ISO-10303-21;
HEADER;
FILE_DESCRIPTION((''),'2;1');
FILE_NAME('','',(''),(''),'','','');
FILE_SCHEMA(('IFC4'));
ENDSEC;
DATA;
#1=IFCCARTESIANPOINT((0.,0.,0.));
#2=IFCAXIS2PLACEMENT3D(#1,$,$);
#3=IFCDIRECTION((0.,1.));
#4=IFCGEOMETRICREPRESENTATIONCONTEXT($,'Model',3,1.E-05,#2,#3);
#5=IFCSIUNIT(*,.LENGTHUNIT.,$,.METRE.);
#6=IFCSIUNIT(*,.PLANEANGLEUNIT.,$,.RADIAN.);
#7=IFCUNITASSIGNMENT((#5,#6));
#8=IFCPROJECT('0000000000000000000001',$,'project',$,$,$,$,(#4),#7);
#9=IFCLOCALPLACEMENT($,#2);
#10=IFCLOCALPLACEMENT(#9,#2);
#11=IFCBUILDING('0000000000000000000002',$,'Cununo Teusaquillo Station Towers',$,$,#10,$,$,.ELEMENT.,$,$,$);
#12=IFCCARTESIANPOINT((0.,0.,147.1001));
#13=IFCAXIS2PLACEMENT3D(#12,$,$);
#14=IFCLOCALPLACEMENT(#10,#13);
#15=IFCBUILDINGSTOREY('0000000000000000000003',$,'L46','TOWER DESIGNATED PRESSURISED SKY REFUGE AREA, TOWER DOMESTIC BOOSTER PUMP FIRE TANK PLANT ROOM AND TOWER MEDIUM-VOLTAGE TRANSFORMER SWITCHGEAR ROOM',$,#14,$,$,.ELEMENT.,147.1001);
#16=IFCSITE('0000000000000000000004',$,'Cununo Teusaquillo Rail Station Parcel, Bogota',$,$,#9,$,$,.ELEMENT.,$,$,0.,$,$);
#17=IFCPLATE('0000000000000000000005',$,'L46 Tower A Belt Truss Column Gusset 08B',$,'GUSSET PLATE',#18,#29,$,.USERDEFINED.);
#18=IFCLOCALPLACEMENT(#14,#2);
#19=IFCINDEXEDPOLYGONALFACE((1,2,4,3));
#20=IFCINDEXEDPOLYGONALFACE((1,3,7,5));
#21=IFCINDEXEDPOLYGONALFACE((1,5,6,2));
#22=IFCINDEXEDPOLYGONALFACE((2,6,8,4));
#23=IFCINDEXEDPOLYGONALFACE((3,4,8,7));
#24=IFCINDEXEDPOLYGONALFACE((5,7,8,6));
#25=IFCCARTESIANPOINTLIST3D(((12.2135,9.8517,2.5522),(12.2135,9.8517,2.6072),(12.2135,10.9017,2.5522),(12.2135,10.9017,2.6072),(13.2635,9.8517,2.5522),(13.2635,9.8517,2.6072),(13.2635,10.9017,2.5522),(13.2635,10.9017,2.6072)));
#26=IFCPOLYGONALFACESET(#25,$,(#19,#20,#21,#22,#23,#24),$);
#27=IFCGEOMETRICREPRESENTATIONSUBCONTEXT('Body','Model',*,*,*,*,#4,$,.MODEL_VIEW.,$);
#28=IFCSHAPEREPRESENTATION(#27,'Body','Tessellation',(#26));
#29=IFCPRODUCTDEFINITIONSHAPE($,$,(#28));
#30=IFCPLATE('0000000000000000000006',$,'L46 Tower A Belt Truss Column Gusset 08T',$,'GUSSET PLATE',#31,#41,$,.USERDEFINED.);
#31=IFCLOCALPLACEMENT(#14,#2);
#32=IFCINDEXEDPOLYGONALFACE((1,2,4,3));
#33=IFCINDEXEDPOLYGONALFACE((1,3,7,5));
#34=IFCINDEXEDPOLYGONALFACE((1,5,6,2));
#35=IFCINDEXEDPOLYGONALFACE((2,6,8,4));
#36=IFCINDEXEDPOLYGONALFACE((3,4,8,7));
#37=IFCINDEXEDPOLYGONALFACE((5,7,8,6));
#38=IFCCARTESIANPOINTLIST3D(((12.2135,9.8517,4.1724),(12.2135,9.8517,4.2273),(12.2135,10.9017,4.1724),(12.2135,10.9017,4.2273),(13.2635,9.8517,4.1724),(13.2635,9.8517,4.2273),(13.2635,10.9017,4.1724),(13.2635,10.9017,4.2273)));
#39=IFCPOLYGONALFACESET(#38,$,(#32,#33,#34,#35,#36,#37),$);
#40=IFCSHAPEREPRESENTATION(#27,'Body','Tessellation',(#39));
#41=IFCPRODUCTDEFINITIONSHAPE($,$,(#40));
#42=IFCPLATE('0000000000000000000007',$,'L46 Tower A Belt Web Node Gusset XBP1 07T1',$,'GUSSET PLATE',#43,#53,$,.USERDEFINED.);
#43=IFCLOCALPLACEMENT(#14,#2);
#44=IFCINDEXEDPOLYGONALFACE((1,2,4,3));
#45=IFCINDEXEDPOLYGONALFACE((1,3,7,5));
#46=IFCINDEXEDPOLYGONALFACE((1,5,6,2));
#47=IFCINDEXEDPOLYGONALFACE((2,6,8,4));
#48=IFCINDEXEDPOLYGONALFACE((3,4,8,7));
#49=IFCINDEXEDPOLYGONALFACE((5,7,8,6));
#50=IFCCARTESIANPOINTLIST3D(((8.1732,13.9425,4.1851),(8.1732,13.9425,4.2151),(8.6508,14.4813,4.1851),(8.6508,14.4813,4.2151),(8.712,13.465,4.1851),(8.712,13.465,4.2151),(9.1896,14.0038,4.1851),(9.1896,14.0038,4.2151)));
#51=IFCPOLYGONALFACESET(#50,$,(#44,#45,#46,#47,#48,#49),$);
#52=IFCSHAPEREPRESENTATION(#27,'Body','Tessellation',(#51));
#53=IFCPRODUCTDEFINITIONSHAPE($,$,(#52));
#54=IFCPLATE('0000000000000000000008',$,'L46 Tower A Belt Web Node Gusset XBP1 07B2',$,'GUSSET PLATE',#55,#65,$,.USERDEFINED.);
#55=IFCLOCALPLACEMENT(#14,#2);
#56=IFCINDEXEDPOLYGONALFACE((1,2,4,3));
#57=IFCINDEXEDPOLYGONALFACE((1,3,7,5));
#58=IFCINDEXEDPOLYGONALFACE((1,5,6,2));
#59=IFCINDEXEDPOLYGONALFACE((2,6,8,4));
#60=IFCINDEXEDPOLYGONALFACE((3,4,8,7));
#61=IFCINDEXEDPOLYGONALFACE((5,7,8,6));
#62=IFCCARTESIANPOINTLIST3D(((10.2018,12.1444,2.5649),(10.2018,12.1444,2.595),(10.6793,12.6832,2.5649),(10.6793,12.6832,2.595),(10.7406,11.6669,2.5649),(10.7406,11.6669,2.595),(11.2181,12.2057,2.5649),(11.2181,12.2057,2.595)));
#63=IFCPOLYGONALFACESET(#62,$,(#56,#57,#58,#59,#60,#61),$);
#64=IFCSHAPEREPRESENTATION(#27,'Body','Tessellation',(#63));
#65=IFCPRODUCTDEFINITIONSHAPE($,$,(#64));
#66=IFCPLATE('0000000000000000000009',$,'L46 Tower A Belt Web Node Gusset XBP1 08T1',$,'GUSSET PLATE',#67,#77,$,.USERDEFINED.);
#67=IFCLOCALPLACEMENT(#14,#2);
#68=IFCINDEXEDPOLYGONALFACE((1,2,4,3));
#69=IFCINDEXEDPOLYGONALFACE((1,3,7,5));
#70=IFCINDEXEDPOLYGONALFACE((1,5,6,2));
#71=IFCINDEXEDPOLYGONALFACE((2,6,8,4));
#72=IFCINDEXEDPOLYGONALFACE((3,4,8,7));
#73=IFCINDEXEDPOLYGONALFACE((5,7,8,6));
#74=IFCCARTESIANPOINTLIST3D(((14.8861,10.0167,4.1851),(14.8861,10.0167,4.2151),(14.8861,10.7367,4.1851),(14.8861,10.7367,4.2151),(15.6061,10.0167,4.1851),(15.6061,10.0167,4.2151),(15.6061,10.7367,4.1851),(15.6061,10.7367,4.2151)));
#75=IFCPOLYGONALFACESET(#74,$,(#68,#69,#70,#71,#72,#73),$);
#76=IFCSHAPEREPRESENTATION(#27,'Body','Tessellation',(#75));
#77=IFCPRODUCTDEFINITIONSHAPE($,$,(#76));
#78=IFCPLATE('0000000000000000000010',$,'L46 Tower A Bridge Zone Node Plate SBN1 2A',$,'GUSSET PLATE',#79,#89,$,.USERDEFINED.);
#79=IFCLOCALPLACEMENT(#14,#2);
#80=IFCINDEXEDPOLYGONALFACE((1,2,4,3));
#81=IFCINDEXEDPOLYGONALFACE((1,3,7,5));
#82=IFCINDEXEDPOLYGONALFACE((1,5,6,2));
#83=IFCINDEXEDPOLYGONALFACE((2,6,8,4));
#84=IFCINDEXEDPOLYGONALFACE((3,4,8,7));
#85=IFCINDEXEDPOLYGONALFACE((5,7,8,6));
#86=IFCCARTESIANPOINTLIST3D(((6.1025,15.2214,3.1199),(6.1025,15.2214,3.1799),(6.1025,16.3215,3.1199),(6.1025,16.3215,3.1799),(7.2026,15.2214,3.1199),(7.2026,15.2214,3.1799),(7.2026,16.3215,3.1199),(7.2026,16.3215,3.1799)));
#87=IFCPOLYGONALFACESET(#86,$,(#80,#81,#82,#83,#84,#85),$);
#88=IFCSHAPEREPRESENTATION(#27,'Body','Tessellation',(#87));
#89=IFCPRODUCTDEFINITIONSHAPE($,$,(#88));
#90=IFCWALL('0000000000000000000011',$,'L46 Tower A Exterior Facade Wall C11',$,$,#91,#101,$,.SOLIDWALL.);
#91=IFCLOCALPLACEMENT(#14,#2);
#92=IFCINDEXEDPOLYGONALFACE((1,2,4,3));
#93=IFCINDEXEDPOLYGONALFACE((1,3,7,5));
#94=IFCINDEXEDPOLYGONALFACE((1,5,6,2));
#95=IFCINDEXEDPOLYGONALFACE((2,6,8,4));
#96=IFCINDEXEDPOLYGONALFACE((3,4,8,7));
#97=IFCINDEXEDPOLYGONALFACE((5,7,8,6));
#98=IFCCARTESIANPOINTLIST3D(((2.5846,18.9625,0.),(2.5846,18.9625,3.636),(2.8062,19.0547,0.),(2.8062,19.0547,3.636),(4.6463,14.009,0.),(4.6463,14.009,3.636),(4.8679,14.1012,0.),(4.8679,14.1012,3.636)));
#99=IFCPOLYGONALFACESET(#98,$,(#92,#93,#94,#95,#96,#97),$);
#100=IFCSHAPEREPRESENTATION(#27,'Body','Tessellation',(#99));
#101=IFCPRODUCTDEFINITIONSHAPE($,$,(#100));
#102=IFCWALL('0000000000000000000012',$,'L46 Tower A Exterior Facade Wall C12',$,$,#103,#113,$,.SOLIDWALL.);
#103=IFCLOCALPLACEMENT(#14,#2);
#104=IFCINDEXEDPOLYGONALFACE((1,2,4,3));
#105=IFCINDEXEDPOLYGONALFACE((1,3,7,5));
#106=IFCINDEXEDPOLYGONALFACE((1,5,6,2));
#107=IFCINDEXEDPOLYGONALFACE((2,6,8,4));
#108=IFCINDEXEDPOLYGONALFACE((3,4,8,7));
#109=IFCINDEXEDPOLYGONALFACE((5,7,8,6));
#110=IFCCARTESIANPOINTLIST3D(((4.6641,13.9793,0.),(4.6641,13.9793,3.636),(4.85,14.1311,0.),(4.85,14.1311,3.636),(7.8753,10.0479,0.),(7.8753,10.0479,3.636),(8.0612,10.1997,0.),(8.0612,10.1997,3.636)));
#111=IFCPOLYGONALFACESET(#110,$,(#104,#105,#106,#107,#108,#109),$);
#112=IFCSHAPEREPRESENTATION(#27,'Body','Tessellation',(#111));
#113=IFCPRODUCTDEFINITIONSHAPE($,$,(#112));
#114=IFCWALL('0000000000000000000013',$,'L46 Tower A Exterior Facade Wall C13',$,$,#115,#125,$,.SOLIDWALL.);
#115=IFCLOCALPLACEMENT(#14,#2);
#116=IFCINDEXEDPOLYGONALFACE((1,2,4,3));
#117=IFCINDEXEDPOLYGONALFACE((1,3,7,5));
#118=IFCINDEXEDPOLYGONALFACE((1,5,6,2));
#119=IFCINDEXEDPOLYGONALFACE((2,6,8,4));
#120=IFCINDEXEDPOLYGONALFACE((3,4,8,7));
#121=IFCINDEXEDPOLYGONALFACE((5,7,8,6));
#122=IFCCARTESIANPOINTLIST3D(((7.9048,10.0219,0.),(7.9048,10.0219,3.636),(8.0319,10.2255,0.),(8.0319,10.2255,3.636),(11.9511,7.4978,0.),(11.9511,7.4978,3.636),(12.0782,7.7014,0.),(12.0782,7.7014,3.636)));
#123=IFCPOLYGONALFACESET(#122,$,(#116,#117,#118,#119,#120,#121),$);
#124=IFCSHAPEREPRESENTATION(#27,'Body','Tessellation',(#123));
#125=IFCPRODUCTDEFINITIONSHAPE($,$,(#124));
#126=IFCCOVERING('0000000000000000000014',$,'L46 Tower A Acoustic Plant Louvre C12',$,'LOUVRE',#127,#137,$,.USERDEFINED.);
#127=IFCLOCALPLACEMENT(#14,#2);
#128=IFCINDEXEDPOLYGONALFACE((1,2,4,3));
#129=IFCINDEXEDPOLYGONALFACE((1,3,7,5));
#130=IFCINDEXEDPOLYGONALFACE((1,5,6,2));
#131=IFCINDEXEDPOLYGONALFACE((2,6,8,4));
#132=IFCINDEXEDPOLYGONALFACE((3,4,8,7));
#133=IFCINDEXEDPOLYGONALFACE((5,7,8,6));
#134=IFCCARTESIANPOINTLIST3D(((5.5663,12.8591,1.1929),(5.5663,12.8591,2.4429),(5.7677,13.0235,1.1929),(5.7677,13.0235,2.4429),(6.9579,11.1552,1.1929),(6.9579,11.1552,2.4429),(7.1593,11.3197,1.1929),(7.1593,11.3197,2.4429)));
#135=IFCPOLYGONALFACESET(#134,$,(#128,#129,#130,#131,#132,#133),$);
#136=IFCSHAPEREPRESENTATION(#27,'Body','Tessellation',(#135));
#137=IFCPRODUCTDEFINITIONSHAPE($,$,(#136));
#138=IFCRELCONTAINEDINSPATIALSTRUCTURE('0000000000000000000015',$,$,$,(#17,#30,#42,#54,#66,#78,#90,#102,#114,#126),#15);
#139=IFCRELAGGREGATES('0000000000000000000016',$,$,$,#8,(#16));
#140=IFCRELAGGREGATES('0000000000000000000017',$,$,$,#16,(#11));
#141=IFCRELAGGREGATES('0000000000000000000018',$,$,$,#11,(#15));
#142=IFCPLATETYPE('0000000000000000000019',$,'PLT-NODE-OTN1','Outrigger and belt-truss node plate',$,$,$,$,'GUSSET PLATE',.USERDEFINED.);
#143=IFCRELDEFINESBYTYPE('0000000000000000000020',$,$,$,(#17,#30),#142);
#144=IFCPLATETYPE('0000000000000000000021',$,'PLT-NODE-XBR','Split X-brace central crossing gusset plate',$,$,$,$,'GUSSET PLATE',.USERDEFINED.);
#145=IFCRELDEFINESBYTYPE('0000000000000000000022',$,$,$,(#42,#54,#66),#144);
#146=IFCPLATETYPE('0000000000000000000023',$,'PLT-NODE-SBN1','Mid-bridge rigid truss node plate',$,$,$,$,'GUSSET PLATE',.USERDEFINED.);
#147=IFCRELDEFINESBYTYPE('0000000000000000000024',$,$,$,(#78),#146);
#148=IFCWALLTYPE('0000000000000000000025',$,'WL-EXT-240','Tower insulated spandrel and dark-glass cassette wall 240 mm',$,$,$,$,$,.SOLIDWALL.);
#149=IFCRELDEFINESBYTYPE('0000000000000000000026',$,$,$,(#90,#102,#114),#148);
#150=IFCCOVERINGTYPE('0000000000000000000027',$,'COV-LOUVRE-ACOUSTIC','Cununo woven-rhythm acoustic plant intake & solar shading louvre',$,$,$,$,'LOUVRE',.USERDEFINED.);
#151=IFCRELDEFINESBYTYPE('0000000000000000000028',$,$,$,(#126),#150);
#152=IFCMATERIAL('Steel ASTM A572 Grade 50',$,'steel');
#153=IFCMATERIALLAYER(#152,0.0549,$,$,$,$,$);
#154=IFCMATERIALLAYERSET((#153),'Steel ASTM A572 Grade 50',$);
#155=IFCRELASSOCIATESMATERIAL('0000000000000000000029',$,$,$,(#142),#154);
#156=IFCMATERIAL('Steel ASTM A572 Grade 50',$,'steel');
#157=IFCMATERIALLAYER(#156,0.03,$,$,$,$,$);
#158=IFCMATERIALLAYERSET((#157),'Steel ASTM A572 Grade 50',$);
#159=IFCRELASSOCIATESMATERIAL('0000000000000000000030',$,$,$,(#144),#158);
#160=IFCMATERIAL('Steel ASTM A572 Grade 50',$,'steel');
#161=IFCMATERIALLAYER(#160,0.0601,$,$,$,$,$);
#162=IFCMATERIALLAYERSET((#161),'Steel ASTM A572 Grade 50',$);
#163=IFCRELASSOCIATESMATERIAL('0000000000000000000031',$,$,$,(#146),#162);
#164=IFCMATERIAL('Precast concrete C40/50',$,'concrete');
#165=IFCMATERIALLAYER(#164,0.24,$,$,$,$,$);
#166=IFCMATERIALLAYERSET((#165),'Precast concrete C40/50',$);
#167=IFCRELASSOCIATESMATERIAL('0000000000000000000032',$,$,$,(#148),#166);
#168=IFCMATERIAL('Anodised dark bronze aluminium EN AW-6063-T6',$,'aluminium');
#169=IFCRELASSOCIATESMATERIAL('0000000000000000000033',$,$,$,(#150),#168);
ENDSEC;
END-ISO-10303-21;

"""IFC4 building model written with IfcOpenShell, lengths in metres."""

from ifc_helpers import new_model, si_unit, direction, frame, frame_2d, origin, origin_2d, place, context, subcontext, project, spatial, rectangle, extrude, source, transform, mapped, material, layer, layer_set, type_object, element, save


model = new_model("IFC4")

# Units and contexts
model_context = context("Model", 3, precision=1e-05, world=origin(), true_north=direction((0.0, 1.0)))
body_context = subcontext(model_context, "Body", "Model", "MODEL_VIEW")
ifc_project = project(units=[si_unit("LENGTHUNIT", "METRE"), si_unit("PLANEANGLEUNIT", "RADIAN")], contexts=[model_context])

# Site, building, storey
site_placement = place(None, origin())
site = spatial("IfcSite", under=ifc_project, at=site_placement, Name="Cununo Teusaquillo Rail Station Parcel, Bogota", CompositionType="ELEMENT", RefElevation=0.0)
building_placement = place(site_placement, origin())
building = spatial("IfcBuilding", under=site, at=building_placement, Name="Cununo Teusaquillo Station Towers", CompositionType="ELEMENT")
storey_placement = place(building_placement, frame((0.0, 0.0, 147.1001)))
storey = spatial("IfcBuildingStorey", under=building, at=storey_placement, Name="L46", Description="TOWER DESIGNATED PRESSURISED SKY REFUGE AREA, TOWER DOMESTIC BOOSTER PUMP FIRE TANK PLANT ROOM AND TOWER MEDIUM-VOLTAGE TRANSFORMER SWITCHGEAR ROOM", CompositionType="ELEMENT", Elevation=147.1001)

# Plates
ifc_material_1 = material(Name="Steel ASTM A572 Grade 50", Category="steel")
ifc_layer_1 = layer(ifc_material_1, 0.0549)
ifc_layer_set_1 = layer_set([ifc_layer_1], Name="Steel ASTM A572 Grade 50")
plate_type_1 = type_object("IfcPlateType", Name="PLT-NODE-OTN1", Description="Outrigger and belt-truss node plate", ElementType="GUSSET PLATE", PredefinedType="USERDEFINED", material=ifc_layer_set_1)
shared_shape_1 = source(origin(), body_context, "Body", "SweptSolid", [
    extrude(rectangle(XDim=1.05, YDim=1.05, at=origin_2d()), origin(), (0.0, 0.0, 1.0), 0.0549),
])
for number, where, z_axis, x_axis, name in (
    (1, (12.7385, 10.3767, 2.5522), (0.0, 0.0, 1.0), (1.0, 0.0, 0.0), "L46 Tower A Belt Truss Column Gusset 08B"),
    (2, (12.7385, 10.3767, 4.1724), (0.0, 0.0, 1.0), (1.0, 0.0, 0.0), "L46 Tower A Belt Truss Column Gusset 08T"),
):
    element("IfcPlate", number, at=place(storey_placement, frame(where, z_axis=z_axis, x_axis=x_axis)), inside=storey, type_object=plate_type_1, Name=name, ObjectType="GUSSET PLATE", PredefinedType="USERDEFINED", context=body_context, shape_type="MappedRepresentation", body=[
        mapped(shared_shape_1, transform((0.0, 0.0, 0.0), x_axis=(1.0, 0.0, 0.0), y_axis=(0.0, 1.0, 0.0), z_axis=(0.0, 0.0, 1.0), scale=1.0)),
    ])
ifc_material_2 = material(Name="Steel ASTM A572 Grade 50", Category="steel")
ifc_layer_2 = layer(ifc_material_2, 0.03)
ifc_layer_set_2 = layer_set([ifc_layer_2], Name="Steel ASTM A572 Grade 50")
plate_type_2 = type_object("IfcPlateType", Name="PLT-NODE-XBR", Description="Split X-brace central crossing gusset plate", ElementType="GUSSET PLATE", PredefinedType="USERDEFINED", material=ifc_layer_set_2)
shared_shape_2 = source(origin(), body_context, "Body", "SweptSolid", [
    extrude(rectangle(XDim=0.72, YDim=0.72, at=origin_2d()), origin(), (0.0, 0.0, 1.0), 0.03),
])
for number, where, z_axis, x_axis, name in (
    (3, (8.6814, 13.9731, 4.1851), (0.0, 0.0, 1.0), (0.748377, -0.663273, 0.0), "L46 Tower A Belt Web Node Gusset XBP1 07T1"),
    (4, (10.71, 12.175, 2.5649), (0.0, 0.0, 1.0), (0.748377, -0.663273, 0.0), "L46 Tower A Belt Web Node Gusset XBP1 07B2"),
    (5, (15.2461, 10.3767, 4.1851), (0.0, 0.0, 1.0), (1.0, 0.0, 0.0), "L46 Tower A Belt Web Node Gusset XBP1 08T1"),
):
    element("IfcPlate", number, at=place(storey_placement, frame(where, z_axis=z_axis, x_axis=x_axis)), inside=storey, type_object=plate_type_2, Name=name, ObjectType="GUSSET PLATE", PredefinedType="USERDEFINED", context=body_context, shape_type="MappedRepresentation", body=[
        mapped(shared_shape_2, transform((0.0, 0.0, 0.0), x_axis=(1.0, 0.0, 0.0), y_axis=(0.0, 1.0, 0.0), z_axis=(0.0, 0.0, 1.0), scale=1.0)),
    ])
ifc_material_3 = material(Name="Steel ASTM A572 Grade 50", Category="steel")
ifc_layer_3 = layer(ifc_material_3, 0.0601)
ifc_layer_set_3 = layer_set([ifc_layer_3], Name="Steel ASTM A572 Grade 50")
plate_type_3 = type_object("IfcPlateType", Name="PLT-NODE-SBN1", Description="Mid-bridge rigid truss node plate", ElementType="GUSSET PLATE", PredefinedType="USERDEFINED", material=ifc_layer_set_3)
shared_shape_3 = source(origin(), body_context, "Body", "SweptSolid", [
    extrude(rectangle(XDim=1.1001, YDim=1.1001, at=origin_2d()), origin(), (0.0, 0.0, 1.0), 0.0601),
])
plate_placement = place(storey_placement, frame((6.6526, 15.7715, 3.1199), z_axis=(0.0, 0.0, 1.0), x_axis=(1.0, 0.0, 0.0)))
element("IfcPlate", 6, at=plate_placement, inside=storey, type_object=plate_type_3, Name="L46 Tower A Bridge Zone Node Plate SBN1 2A", ObjectType="GUSSET PLATE", PredefinedType="USERDEFINED", context=body_context, shape_type="MappedRepresentation", body=[
    mapped(shared_shape_3, transform((0.0, 0.0, 0.0), x_axis=(1.0, 0.0, 0.0), y_axis=(0.0, 1.0, 0.0), z_axis=(0.0, 0.0, 1.0), scale=1.0)),
])

# Walls
ifc_material_4 = material(Name="Precast concrete C40/50", Category="concrete")
ifc_layer_4 = layer(ifc_material_4, 0.24)
ifc_layer_set_4 = layer_set([ifc_layer_4], Name="Precast concrete C40/50")
wall_type = type_object("IfcWallType", Name="WL-EXT-240", Description="Tower insulated spandrel and dark-glass cassette wall 240 mm", PredefinedType="SOLIDWALL", material=ifc_layer_set_4)
wall_1_placement = place(storey_placement, frame((4.7571, 14.0552, 0.0), z_axis=(0.0, 0.0, 1.0), x_axis=(-0.38426, 0.923225, 0.0)))
element("IfcWall", 7, at=wall_1_placement, inside=storey, type_object=wall_type, Name="L46 Tower A Exterior Facade Wall C11", PredefinedType="SOLIDWALL", context=body_context, shape_type="SweptSolid", body=[
    extrude(rectangle(XDim=5.3655, YDim=0.24, at=frame_2d((2.6826, 0.0))), origin(), (0.0, 0.0, 1.0), 3.636),
])
wall_2_placement = place(storey_placement, frame((7.9683, 10.1238, 0.0), z_axis=(0.0, 0.0, 1.0), x_axis=(-0.632599, 0.77448, 0.0)))
element("IfcWall", 8, at=wall_2_placement, inside=storey, type_object=wall_type, Name="L46 Tower A Exterior Facade Wall C12", PredefinedType="SOLIDWALL", context=body_context, shape_type="SweptSolid", body=[
    extrude(rectangle(XDim=5.0762, YDim=0.24, at=frame_2d((2.5381, 0.0))), origin(), (0.0, 0.0, 1.0), 3.636),
])
wall_3_placement = place(storey_placement, frame((12.0146, 7.5996, 0.0), z_axis=(0.0, 0.0, 1.0), x_axis=(-0.848452, 0.529272, 0.0)))
element("IfcWall", 9, at=wall_3_placement, inside=storey, type_object=wall_type, Name="L46 Tower A Exterior Facade Wall C13", PredefinedType="SOLIDWALL", context=body_context, shape_type="SweptSolid", body=[
    extrude(rectangle(XDim=4.769, YDim=0.24, at=frame_2d((2.3845, 0.0))), origin(), (0.0, 0.0, 1.0), 3.636),
])

# Covering
ifc_material_5 = material(Name="Anodised dark bronze aluminium EN AW-6063-T6", Category="aluminium")
covering_type = type_object("IfcCoveringType", Name="COV-LOUVRE-ACOUSTIC", Description="Cununo woven-rhythm acoustic plant intake & solar shading louvre", ElementType="LOUVRE", PredefinedType="USERDEFINED", material=ifc_material_5)
shared_shape_4 = source(origin(), body_context, "Body", "SweptSolid", [
    extrude(rectangle(XDim=2.2, YDim=0.26, at=origin_2d()), origin(), (0.0, 0.0, 1.0), 1.25),
])
covering_placement = place(storey_placement, frame((6.3628, 12.0894, 1.1929), z_axis=(0.0, 0.0, 1.0), x_axis=(-0.63257, 0.774503, 0.0)))
element("IfcCovering", 10, at=covering_placement, inside=storey, type_object=covering_type, Name="L46 Tower A Acoustic Plant Louvre C12", ObjectType="LOUVRE", PredefinedType="USERDEFINED", context=body_context, shape_type="MappedRepresentation", body=[
    mapped(shared_shape_4, transform((0.0, 0.0, 0.0), x_axis=(1.0, 0.0, 0.0), y_axis=(0.0, 1.0, 0.0), z_axis=(0.0, 0.0, 1.0), scale=1.0)),
])

save(model, "model.ifc")
